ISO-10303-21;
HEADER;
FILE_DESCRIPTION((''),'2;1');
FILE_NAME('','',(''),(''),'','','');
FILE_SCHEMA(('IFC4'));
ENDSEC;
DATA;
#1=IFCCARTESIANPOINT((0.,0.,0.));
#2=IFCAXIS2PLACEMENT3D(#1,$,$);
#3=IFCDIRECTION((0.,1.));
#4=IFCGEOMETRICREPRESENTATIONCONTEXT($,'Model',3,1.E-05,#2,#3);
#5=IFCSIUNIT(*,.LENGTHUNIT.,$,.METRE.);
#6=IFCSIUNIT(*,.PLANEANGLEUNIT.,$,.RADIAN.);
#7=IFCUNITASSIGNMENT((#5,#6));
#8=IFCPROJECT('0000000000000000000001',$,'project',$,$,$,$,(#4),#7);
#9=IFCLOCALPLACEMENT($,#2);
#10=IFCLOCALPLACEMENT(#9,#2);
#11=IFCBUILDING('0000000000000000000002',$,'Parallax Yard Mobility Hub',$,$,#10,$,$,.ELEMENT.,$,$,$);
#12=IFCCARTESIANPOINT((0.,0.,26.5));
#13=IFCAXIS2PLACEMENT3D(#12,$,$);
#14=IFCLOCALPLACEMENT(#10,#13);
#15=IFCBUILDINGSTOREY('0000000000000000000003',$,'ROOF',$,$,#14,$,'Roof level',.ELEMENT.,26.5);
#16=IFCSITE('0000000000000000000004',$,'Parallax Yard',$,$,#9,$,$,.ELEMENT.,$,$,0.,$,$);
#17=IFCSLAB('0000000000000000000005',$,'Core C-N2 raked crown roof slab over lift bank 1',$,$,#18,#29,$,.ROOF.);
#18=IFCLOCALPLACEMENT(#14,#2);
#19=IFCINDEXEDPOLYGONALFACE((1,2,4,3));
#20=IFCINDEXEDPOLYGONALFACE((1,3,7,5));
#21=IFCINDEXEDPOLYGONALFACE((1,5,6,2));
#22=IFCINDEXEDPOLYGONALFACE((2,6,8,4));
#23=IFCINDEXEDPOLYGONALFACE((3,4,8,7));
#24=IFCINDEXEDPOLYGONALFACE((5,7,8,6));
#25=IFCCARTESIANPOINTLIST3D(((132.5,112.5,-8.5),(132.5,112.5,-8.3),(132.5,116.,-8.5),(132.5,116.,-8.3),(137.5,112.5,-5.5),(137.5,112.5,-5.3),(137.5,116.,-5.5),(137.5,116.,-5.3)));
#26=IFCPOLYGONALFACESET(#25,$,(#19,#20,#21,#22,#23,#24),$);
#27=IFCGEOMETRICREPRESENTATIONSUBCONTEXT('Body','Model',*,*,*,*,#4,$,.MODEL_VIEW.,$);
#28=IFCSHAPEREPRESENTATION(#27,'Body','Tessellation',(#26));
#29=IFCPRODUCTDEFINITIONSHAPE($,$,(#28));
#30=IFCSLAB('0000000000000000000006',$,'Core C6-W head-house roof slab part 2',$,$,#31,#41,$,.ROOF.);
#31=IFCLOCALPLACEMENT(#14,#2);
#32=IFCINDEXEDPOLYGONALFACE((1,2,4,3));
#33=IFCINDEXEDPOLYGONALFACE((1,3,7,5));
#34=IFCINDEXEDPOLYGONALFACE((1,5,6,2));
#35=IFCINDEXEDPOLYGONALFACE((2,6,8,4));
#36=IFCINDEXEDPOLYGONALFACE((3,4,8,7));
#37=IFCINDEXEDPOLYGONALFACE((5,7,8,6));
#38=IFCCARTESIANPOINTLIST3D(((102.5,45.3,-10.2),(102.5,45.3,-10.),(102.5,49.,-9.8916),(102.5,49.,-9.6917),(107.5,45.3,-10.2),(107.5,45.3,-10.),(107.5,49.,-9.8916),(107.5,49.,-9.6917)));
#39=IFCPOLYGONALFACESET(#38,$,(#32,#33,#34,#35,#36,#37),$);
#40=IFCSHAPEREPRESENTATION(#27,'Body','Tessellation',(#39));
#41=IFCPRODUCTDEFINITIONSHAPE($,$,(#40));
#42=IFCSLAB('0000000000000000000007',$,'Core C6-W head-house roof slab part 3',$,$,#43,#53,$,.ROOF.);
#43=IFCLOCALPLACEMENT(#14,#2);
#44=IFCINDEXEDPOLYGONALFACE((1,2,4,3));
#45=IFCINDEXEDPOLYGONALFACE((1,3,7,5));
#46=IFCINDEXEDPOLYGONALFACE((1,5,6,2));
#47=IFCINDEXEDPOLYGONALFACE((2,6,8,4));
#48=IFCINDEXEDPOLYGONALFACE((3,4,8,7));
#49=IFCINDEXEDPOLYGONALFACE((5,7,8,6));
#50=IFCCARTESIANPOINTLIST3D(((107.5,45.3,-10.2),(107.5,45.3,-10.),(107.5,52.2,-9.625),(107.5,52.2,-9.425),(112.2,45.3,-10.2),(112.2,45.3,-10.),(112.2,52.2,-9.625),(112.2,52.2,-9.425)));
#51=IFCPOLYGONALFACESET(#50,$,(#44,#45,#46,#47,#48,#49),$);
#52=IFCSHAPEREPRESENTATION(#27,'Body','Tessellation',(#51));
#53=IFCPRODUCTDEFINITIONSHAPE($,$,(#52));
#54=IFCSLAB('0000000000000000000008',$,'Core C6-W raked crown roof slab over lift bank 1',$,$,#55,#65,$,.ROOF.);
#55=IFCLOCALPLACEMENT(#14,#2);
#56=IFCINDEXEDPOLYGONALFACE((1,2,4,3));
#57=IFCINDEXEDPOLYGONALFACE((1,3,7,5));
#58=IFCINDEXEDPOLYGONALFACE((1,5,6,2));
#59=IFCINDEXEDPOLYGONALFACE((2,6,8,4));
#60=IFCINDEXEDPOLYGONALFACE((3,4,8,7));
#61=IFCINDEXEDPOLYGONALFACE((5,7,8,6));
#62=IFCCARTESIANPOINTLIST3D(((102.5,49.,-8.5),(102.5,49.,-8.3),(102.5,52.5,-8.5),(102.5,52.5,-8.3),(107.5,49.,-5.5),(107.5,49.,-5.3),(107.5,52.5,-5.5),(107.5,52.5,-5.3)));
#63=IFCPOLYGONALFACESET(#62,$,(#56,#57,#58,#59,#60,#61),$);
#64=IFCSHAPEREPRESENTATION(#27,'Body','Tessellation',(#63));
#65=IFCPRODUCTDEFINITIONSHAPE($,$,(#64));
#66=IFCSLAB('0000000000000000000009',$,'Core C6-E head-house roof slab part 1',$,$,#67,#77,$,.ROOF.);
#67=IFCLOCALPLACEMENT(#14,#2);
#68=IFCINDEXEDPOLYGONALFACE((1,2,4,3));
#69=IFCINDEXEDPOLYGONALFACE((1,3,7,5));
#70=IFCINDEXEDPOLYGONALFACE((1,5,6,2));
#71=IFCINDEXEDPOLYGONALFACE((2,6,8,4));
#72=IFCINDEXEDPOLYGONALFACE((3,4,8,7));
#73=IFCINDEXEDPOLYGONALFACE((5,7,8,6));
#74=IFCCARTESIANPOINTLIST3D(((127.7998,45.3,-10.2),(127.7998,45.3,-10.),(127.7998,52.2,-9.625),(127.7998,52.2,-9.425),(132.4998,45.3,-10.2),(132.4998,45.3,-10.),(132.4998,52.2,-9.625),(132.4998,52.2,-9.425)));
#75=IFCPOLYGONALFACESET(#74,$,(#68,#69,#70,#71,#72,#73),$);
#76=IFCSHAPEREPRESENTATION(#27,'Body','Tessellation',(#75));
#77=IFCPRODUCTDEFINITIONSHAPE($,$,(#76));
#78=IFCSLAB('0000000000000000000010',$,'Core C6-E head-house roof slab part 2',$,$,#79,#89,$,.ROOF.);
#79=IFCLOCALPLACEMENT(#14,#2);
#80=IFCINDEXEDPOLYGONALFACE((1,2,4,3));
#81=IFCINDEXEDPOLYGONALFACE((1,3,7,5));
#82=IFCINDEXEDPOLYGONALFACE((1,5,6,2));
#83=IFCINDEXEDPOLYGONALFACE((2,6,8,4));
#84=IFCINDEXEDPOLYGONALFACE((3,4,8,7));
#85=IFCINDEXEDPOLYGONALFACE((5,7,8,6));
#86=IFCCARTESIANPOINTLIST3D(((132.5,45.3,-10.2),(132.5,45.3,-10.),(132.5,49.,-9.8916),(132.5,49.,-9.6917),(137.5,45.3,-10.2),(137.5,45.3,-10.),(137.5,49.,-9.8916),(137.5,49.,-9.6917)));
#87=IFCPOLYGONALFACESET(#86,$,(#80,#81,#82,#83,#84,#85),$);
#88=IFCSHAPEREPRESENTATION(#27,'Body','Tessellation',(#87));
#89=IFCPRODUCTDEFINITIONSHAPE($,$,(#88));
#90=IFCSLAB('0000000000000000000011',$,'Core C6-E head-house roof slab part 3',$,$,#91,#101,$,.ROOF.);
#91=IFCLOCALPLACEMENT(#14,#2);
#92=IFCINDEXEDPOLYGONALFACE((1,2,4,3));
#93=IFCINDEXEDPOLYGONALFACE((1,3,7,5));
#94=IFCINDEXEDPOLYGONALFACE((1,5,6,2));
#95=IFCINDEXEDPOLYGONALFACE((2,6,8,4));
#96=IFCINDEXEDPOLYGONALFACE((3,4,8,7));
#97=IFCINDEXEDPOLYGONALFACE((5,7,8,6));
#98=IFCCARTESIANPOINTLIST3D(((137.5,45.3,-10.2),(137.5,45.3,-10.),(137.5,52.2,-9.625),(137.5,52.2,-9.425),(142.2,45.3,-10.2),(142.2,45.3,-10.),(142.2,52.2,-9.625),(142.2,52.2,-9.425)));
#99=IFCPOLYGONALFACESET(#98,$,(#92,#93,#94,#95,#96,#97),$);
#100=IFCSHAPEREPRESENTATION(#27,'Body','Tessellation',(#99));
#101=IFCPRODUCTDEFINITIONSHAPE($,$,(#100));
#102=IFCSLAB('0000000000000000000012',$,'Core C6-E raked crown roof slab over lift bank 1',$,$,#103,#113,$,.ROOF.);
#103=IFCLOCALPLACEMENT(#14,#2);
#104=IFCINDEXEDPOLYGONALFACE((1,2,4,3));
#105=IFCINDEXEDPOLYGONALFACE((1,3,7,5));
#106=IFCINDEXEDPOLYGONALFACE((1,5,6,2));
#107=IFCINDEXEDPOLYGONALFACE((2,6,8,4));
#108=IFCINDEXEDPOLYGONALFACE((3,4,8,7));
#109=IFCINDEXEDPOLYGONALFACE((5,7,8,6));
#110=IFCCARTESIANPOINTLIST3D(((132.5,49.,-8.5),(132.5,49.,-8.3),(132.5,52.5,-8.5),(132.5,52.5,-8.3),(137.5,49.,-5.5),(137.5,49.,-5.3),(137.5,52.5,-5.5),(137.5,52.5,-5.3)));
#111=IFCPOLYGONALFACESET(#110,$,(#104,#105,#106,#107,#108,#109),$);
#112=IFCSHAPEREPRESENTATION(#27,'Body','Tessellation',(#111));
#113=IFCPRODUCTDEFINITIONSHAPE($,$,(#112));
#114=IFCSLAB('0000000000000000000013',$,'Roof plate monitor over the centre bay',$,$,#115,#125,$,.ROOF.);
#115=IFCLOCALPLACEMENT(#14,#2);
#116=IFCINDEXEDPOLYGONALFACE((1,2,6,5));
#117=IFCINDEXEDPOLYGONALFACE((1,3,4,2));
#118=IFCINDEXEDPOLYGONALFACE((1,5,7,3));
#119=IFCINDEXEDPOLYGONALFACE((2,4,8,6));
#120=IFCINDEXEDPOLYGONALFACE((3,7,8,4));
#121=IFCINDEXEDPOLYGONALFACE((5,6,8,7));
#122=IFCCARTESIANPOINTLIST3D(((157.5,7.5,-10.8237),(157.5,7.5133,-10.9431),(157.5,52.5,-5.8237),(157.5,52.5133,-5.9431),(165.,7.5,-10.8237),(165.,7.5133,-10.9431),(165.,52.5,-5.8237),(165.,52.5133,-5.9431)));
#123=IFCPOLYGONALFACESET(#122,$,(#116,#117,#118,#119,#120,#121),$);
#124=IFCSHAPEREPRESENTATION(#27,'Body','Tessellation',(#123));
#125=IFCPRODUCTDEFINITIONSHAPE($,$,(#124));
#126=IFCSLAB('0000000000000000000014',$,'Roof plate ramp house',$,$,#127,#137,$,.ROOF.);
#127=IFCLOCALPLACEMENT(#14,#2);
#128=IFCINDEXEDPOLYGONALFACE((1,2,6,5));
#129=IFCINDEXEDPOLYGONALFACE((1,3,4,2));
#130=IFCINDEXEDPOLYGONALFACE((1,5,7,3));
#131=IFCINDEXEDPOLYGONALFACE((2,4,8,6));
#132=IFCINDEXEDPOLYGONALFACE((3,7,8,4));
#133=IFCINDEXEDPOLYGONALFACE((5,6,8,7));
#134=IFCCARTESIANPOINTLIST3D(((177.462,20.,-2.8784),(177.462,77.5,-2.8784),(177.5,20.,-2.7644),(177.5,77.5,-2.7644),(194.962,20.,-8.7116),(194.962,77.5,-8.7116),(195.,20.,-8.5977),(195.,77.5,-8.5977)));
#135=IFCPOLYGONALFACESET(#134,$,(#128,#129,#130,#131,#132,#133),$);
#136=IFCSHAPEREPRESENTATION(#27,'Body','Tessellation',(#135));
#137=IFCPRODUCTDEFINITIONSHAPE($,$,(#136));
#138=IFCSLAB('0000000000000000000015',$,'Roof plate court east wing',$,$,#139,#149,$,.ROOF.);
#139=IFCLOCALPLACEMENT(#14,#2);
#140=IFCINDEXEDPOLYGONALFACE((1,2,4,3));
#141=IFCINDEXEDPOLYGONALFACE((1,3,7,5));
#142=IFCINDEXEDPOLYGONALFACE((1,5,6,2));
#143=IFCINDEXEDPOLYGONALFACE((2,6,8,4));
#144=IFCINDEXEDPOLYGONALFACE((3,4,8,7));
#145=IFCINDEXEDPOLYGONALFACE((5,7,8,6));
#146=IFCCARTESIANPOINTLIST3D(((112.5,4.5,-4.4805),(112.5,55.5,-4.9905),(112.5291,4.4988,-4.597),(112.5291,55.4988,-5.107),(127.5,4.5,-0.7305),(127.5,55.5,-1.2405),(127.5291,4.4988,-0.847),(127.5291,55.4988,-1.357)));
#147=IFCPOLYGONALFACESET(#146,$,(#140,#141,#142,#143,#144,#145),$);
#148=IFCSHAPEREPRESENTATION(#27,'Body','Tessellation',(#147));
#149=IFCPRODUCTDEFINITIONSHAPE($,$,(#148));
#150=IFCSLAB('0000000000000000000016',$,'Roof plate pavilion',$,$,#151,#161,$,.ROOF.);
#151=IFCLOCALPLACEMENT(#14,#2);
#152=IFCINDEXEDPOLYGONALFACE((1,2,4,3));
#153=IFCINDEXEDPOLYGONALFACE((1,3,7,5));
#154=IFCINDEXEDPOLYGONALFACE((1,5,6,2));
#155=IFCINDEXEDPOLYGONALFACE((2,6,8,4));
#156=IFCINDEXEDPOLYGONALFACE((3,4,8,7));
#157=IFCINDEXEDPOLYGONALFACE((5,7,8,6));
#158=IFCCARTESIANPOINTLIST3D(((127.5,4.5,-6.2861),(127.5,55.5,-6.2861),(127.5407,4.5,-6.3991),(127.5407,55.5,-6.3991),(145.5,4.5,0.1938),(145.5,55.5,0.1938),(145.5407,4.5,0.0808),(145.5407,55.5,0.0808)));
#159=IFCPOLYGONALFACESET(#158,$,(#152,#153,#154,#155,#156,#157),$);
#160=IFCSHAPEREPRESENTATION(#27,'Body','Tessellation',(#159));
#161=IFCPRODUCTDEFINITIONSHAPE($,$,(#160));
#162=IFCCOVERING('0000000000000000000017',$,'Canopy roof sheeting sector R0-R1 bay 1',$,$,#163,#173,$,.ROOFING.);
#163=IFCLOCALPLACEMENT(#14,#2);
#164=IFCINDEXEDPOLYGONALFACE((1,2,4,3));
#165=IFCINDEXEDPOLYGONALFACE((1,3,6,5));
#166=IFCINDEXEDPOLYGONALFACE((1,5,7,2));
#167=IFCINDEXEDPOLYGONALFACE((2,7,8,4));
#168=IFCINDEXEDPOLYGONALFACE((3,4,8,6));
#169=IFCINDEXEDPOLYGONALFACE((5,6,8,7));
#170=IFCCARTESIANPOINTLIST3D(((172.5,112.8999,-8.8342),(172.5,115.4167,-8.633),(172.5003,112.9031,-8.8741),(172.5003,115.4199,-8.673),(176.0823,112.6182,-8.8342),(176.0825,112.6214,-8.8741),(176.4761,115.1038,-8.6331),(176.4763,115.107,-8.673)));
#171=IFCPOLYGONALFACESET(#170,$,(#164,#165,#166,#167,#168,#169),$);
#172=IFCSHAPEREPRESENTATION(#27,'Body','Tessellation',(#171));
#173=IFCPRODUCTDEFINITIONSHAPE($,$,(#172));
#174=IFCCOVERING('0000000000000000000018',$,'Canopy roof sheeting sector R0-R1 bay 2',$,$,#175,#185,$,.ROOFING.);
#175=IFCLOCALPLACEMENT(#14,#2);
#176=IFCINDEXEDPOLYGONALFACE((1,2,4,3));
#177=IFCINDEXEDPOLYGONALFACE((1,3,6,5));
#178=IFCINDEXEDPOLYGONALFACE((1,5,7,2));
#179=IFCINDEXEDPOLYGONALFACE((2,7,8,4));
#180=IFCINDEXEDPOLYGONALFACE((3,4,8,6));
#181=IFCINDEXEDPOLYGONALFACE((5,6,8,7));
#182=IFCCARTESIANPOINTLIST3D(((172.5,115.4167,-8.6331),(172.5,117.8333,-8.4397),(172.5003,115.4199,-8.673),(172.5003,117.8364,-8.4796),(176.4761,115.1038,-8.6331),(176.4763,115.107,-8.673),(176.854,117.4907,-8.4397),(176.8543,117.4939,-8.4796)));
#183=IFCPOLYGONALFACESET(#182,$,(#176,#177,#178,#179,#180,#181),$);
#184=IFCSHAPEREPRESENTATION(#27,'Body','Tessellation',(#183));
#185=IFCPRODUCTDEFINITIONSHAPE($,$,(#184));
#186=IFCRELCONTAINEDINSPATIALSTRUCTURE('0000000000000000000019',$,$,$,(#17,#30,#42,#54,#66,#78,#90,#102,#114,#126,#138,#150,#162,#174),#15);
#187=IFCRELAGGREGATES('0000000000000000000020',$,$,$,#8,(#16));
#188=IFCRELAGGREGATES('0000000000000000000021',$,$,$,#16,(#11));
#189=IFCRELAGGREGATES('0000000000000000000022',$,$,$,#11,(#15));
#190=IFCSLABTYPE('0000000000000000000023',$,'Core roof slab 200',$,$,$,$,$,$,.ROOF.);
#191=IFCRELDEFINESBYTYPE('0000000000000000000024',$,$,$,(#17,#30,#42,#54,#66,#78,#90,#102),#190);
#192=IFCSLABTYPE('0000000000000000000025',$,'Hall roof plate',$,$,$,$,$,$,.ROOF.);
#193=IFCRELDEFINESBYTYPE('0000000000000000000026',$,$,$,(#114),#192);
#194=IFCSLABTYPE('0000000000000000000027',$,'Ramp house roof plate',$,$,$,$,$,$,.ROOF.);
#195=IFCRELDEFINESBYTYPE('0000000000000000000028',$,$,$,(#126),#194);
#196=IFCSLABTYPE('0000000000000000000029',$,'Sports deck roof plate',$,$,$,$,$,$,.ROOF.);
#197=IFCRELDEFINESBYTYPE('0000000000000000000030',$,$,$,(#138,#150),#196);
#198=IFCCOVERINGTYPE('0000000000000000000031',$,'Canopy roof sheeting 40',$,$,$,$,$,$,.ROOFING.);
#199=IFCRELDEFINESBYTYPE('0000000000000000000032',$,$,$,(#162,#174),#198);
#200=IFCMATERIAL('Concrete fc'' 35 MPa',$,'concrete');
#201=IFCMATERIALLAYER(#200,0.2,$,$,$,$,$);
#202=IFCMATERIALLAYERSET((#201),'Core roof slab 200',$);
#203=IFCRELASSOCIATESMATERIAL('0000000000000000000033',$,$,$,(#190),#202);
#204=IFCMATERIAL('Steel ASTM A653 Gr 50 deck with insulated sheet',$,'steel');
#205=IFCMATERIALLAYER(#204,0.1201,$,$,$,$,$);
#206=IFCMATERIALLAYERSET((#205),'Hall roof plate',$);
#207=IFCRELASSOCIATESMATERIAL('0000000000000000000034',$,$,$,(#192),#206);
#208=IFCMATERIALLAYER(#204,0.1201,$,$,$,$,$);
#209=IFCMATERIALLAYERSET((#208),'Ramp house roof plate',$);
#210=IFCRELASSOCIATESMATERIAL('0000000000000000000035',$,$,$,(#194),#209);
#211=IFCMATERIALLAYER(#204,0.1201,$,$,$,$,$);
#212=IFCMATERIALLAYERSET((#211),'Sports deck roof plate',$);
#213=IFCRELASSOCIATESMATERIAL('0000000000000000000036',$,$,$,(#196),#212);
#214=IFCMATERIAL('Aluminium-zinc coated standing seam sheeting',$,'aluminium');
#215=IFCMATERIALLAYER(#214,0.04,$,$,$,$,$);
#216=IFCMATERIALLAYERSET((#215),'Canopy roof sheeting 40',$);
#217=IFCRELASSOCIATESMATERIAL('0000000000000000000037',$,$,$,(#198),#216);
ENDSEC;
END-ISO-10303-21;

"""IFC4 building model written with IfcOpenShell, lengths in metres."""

from ifc_helpers import new_model, si_unit, direction, frame, origin, place, context, subcontext, project, spatial, polyline, outline, extrude, material, layer, layer_set, type_object, element, save


model = new_model("IFC4")

# Units and contexts
model_context = context("Model", 3, precision=1e-05, world=origin(), true_north=direction((0.0, 1.0)))
body_context = subcontext(model_context, "Body", "Model", "MODEL_VIEW")
ifc_project = project(units=[si_unit("LENGTHUNIT", "METRE"), si_unit("PLANEANGLEUNIT", "RADIAN")], contexts=[model_context])

# Site, building, storey
site_placement = place(None, origin())
site = spatial("IfcSite", under=ifc_project, at=site_placement, Name="Parallax Yard", CompositionType="ELEMENT", RefElevation=0.0)
building_placement = place(site_placement, origin())
building = spatial("IfcBuilding", under=site, at=building_placement, Name="Parallax Yard Mobility Hub", CompositionType="ELEMENT")
storey_placement = place(building_placement, frame((0.0, 0.0, 26.5)))
storey = spatial("IfcBuildingStorey", under=building, at=storey_placement, Name="ROOF", LongName="Roof level", CompositionType="ELEMENT", Elevation=26.5)

# Slabs
ifc_material_1 = material(Name="Concrete fc' 35 MPa", Category="concrete")
ifc_layer_1 = layer(ifc_material_1, 0.2)
ifc_layer_set_1 = layer_set([ifc_layer_1], Name="Core roof slab 200")
slab_type_1 = type_object("IfcSlabType", Name="Core roof slab 200", PredefinedType="ROOF", material=ifc_layer_set_1)
placement = place(building_placement, frame((0.0, 0.0, 13.2)))
slab_1_placement = place(placement, frame((132.5, 114.25, 5.0), z_axis=(0.0, 0.0, 1.0), x_axis=(1.0, 0.0, 0.0)))
element("IfcSlab", 1, at=slab_1_placement, inside=storey, type_object=slab_type_1, Name="Core C-N2 raked crown roof slab over lift bank 1", PredefinedType="ROOF", context=body_context, shape_type="SweptSolid", body=[
    extrude(outline(polyline([(0.0, -0.2), (5.0, 2.8), (5.0, 3.0), (0.0, 0.0), (0.0, -0.2)])), frame((0.0, 1.75, 0.0), z_axis=(0.0, -1.0, 0.0), x_axis=(1.0, 0.0, 0.0)), (0.0, 0.0, 1.0), 3.5),
])
slab_2_placement = place(placement, frame((105.0, 45.3, 3.3), z_axis=(0.0, 0.0, 1.0), x_axis=(0.0, 1.0, 0.0)))
element("IfcSlab", 2, at=slab_2_placement, inside=storey, type_object=slab_type_1, Name="Core C6-W head-house roof slab part 2", PredefinedType="ROOF", context=body_context, shape_type="SweptSolid", body=[
    extrude(outline(polyline([(0.0, -0.2), (3.7, 0.1084), (3.7, 0.3083), (0.0, 0.0), (0.0, -0.2)])), frame((0.0, 2.5, 0.0), z_axis=(0.0, -1.0, 0.0), x_axis=(1.0, 0.0, 0.0)), (0.0, 0.0, 1.0), 5.0),
])
slab_3_placement = place(placement, frame((109.8501, 45.3, 3.3), z_axis=(0.0, 0.0, 1.0), x_axis=(0.0, 1.0, 0.0)))
element("IfcSlab", 3, at=slab_3_placement, inside=storey, type_object=slab_type_1, Name="Core C6-W head-house roof slab part 3", PredefinedType="ROOF", context=body_context, shape_type="SweptSolid", body=[
    extrude(outline(polyline([(0.0, -0.2), (6.8999, 0.375), (6.8999, 0.575), (0.0, 0.0), (0.0, -0.2)])), frame((0.0, 2.3501, 0.0), z_axis=(0.0, -1.0, 0.0), x_axis=(1.0, 0.0, 0.0)), (0.0, 0.0, 1.0), 4.7),
])
slab_4_placement = place(placement, frame((102.5, 50.75, 5.0), z_axis=(0.0, 0.0, 1.0), x_axis=(1.0, 0.0, 0.0)))
element("IfcSlab", 4, at=slab_4_placement, inside=storey, type_object=slab_type_1, Name="Core C6-W raked crown roof slab over lift bank 1", PredefinedType="ROOF", context=body_context, shape_type="SweptSolid", body=[
    extrude(outline(polyline([(0.0, -0.2), (5.0, 2.8), (5.0, 3.0), (0.0, 0.0), (0.0, -0.2)])), frame((0.0, 1.75, 0.0), z_axis=(0.0, -1.0, 0.0), x_axis=(1.0, 0.0, 0.0)), (0.0, 0.0, 1.0), 3.5),
])
slab_5_placement = place(placement, frame((130.1499, 45.3, 3.3), z_axis=(0.0, 0.0, 1.0), x_axis=(0.0, 1.0, 0.0)))
element("IfcSlab", 5, at=slab_5_placement, inside=storey, type_object=slab_type_1, Name="Core C6-E head-house roof slab part 1", PredefinedType="ROOF", context=body_context, shape_type="SweptSolid", body=[
    extrude(outline(polyline([(0.0, -0.2), (6.8999, 0.375), (6.8999, 0.575), (0.0, 0.0), (0.0, -0.2)])), frame((0.0, 2.3501, 0.0), z_axis=(0.0, -1.0, 0.0), x_axis=(1.0, 0.0, 0.0)), (0.0, 0.0, 1.0), 4.7),
])
slab_6_placement = place(placement, frame((135.0, 45.3, 3.3), z_axis=(0.0, 0.0, 1.0), x_axis=(0.0, 1.0, 0.0)))
element("IfcSlab", 6, at=slab_6_placement, inside=storey, type_object=slab_type_1, Name="Core C6-E head-house roof slab part 2", PredefinedType="ROOF", context=body_context, shape_type="SweptSolid", body=[
    extrude(outline(polyline([(0.0, -0.2), (3.7, 0.1084), (3.7, 0.3083), (0.0, 0.0), (0.0, -0.2)])), frame((0.0, 2.5, 0.0), z_axis=(0.0, -1.0, 0.0), x_axis=(1.0, 0.0, 0.0)), (0.0, 0.0, 1.0), 5.0),
])
slab_7_placement = place(placement, frame((139.8501, 45.3, 3.3), z_axis=(0.0, 0.0, 1.0), x_axis=(0.0, 1.0, 0.0)))
element("IfcSlab", 7, at=slab_7_placement, inside=storey, type_object=slab_type_1, Name="Core C6-E head-house roof slab part 3", PredefinedType="ROOF", context=body_context, shape_type="SweptSolid", body=[
    extrude(outline(polyline([(0.0, -0.2), (6.8999, 0.375), (6.8999, 0.575), (0.0, 0.0), (0.0, -0.2)])), frame((0.0, 2.3501, 0.0), z_axis=(0.0, -1.0, 0.0), x_axis=(1.0, 0.0, 0.0)), (0.0, 0.0, 1.0), 4.7),
])
slab_8_placement = place(placement, frame((132.5, 50.75, 5.0), z_axis=(0.0, 0.0, 1.0), x_axis=(1.0, 0.0, 0.0)))
element("IfcSlab", 8, at=slab_8_placement, inside=storey, type_object=slab_type_1, Name="Core C6-E raked crown roof slab over lift bank 1", PredefinedType="ROOF", context=body_context, shape_type="SweptSolid", body=[
    extrude(outline(polyline([(0.0, -0.2), (5.0, 2.8), (5.0, 3.0), (0.0, 0.0), (0.0, -0.2)])), frame((0.0, 1.75, 0.0), z_axis=(0.0, -1.0, 0.0), x_axis=(1.0, 0.0, 0.0)), (0.0, 0.0, 1.0), 3.5),
])
ifc_material_2 = material(Name="Steel ASTM A653 Gr 50 deck with insulated sheet", Category="steel")
ifc_layer_2 = layer(ifc_material_2, 0.1201)
ifc_layer_set_2 = layer_set([ifc_layer_2], Name="Hall roof plate")
slab_type_2 = type_object("IfcSlabType", Name="Hall roof plate", PredefinedType="ROOF", material=ifc_layer_set_2)
slab_9_placement = place(placement, frame((157.5, 7.5, 2.4763), z_axis=(0.0, -0.110432, 0.993884), x_axis=(1.0, 0.0, 0.0)))
element("IfcSlab", 9, at=slab_9_placement, inside=storey, type_object=slab_type_2, Name="Roof plate monitor over the centre bay", PredefinedType="ROOF", context=body_context, shape_type="SweptSolid", body=[
    extrude(outline(polyline([(0.0, 0.0), (7.5, 0.0), (7.5, 45.2769), (0.0, 45.2769), (0.0, 0.0)])), origin(), (0.0, 0.0, -1.0), 0.1201),
])
ifc_layer_3 = layer(ifc_material_2, 0.1201)
ifc_layer_set_3 = layer_set([ifc_layer_3], Name="Ramp house roof plate")
slab_type_3 = type_object("IfcSlabType", Name="Ramp house roof plate", PredefinedType="ROOF", material=ifc_layer_set_3)
slab_10_placement = place(placement, frame((177.5, 20.0, 10.5356), z_axis=(0.316224, 0.0, 0.948685), x_axis=(0.948685, 0.0, -0.316224)))
element("IfcSlab", 10, at=slab_10_placement, inside=storey, type_object=slab_type_3, Name="Roof plate ramp house", PredefinedType="ROOF", context=body_context, shape_type="SweptSolid", body=[
    extrude(outline(polyline([(0.0, 0.0), (18.4466, 0.0), (18.4466, 57.5), (0.0, 57.5), (0.0, 0.0)])), origin(), (0.0, 0.0, -1.0), 0.1201),
])
ifc_layer_4 = layer(ifc_material_2, 0.1201)
ifc_layer_set_4 = layer_set([ifc_layer_4], Name="Sports deck roof plate")
slab_type_4 = type_object("IfcSlabType", Name="Sports deck roof plate", PredefinedType="ROOF", material=ifc_layer_set_4)
slab_11_placement = place(placement, frame((112.5, 4.5, 8.8196), z_axis=(-0.242524, 0.009701, 0.970097), x_axis=(0.970143, 0.0, 0.242536)))
element("IfcSlab", 11, at=slab_11_placement, inside=storey, type_object=slab_type_4, Name="Roof plate court east wing", PredefinedType="ROOF", context=body_context, shape_type="SweptSolid", body=[
    extrude(outline(polyline([(0.0, 0.0), (15.4616, 0.0), (15.338, 51.0024), (-0.1237, 51.0024), (0.0, 0.0)])), origin(), (0.0, 0.0, -1.0), 0.1201),
])
slab_12_placement = place(placement, frame((127.5, 4.5, 7.0139), z_axis=(-0.338719, 0.0, 0.940888), x_axis=(0.940888, 0.0, 0.338719)))
element("IfcSlab", 12, at=slab_12_placement, inside=storey, type_object=slab_type_4, Name="Roof plate pavilion", PredefinedType="ROOF", context=body_context, shape_type="SweptSolid", body=[
    extrude(outline(polyline([(0.0, 0.0), (19.1309, 0.0), (19.1309, 51.0), (0.0, 51.0), (0.0, 0.0)])), origin(), (0.0, 0.0, -1.0), 0.1201),
])

# Coverings
ifc_material_3 = material(Name="Aluminium-zinc coated standing seam sheeting", Category="aluminium")
ifc_layer_5 = layer(ifc_material_3, 0.04)
ifc_layer_set_5 = layer_set([ifc_layer_5], Name="Canopy roof sheeting 40")
covering_type_1 = type_object("IfcCoveringType", Name="Canopy roof sheeting 40", PredefinedType="ROOFING", material=ifc_layer_set_5)
covering_1_placement = place(placement, frame((172.5, 112.8999, 4.4658), z_axis=(-0.006269, -0.079679, 0.996801), x_axis=(0.996922, -0.078406, 0.000003)))
element("IfcCovering", 13, at=covering_1_placement, inside=storey, type_object=covering_type_1, Name="Canopy roof sheeting sector R0-R1 bay 1", PredefinedType="ROOFING", context=body_context, shape_type="SweptSolid", body=[
    extrude(outline(polyline([(0.0, 0.0), (3.5933, 0.0), (3.791, 2.5169), (-0.1973, 2.5171), (0.0, 0.0)])), origin(), (0.0, 0.0, -1.0), 0.04),
])
covering_2_placement = place(placement, frame((172.5, 115.4167, 4.667), z_axis=(-0.006276, -0.079756, 0.996795), x_axis=(0.996916, -0.078475, -0.000002)))
element("IfcCovering", 14, at=covering_2_placement, inside=storey, type_object=covering_type_1, Name="Canopy roof sheeting sector R0-R1 bay 2", PredefinedType="ROOFING", context=body_context, shape_type="SweptSolid", body=[
    extrude(outline(polyline([(0.0, 0.0), (3.9884, 0.0), (4.1778, 2.417), (-0.1896, 2.4168), (0.0, 0.0)])), origin(), (0.0, 0.0, -1.0), 0.04),
])

save(model, "model.ifc")
